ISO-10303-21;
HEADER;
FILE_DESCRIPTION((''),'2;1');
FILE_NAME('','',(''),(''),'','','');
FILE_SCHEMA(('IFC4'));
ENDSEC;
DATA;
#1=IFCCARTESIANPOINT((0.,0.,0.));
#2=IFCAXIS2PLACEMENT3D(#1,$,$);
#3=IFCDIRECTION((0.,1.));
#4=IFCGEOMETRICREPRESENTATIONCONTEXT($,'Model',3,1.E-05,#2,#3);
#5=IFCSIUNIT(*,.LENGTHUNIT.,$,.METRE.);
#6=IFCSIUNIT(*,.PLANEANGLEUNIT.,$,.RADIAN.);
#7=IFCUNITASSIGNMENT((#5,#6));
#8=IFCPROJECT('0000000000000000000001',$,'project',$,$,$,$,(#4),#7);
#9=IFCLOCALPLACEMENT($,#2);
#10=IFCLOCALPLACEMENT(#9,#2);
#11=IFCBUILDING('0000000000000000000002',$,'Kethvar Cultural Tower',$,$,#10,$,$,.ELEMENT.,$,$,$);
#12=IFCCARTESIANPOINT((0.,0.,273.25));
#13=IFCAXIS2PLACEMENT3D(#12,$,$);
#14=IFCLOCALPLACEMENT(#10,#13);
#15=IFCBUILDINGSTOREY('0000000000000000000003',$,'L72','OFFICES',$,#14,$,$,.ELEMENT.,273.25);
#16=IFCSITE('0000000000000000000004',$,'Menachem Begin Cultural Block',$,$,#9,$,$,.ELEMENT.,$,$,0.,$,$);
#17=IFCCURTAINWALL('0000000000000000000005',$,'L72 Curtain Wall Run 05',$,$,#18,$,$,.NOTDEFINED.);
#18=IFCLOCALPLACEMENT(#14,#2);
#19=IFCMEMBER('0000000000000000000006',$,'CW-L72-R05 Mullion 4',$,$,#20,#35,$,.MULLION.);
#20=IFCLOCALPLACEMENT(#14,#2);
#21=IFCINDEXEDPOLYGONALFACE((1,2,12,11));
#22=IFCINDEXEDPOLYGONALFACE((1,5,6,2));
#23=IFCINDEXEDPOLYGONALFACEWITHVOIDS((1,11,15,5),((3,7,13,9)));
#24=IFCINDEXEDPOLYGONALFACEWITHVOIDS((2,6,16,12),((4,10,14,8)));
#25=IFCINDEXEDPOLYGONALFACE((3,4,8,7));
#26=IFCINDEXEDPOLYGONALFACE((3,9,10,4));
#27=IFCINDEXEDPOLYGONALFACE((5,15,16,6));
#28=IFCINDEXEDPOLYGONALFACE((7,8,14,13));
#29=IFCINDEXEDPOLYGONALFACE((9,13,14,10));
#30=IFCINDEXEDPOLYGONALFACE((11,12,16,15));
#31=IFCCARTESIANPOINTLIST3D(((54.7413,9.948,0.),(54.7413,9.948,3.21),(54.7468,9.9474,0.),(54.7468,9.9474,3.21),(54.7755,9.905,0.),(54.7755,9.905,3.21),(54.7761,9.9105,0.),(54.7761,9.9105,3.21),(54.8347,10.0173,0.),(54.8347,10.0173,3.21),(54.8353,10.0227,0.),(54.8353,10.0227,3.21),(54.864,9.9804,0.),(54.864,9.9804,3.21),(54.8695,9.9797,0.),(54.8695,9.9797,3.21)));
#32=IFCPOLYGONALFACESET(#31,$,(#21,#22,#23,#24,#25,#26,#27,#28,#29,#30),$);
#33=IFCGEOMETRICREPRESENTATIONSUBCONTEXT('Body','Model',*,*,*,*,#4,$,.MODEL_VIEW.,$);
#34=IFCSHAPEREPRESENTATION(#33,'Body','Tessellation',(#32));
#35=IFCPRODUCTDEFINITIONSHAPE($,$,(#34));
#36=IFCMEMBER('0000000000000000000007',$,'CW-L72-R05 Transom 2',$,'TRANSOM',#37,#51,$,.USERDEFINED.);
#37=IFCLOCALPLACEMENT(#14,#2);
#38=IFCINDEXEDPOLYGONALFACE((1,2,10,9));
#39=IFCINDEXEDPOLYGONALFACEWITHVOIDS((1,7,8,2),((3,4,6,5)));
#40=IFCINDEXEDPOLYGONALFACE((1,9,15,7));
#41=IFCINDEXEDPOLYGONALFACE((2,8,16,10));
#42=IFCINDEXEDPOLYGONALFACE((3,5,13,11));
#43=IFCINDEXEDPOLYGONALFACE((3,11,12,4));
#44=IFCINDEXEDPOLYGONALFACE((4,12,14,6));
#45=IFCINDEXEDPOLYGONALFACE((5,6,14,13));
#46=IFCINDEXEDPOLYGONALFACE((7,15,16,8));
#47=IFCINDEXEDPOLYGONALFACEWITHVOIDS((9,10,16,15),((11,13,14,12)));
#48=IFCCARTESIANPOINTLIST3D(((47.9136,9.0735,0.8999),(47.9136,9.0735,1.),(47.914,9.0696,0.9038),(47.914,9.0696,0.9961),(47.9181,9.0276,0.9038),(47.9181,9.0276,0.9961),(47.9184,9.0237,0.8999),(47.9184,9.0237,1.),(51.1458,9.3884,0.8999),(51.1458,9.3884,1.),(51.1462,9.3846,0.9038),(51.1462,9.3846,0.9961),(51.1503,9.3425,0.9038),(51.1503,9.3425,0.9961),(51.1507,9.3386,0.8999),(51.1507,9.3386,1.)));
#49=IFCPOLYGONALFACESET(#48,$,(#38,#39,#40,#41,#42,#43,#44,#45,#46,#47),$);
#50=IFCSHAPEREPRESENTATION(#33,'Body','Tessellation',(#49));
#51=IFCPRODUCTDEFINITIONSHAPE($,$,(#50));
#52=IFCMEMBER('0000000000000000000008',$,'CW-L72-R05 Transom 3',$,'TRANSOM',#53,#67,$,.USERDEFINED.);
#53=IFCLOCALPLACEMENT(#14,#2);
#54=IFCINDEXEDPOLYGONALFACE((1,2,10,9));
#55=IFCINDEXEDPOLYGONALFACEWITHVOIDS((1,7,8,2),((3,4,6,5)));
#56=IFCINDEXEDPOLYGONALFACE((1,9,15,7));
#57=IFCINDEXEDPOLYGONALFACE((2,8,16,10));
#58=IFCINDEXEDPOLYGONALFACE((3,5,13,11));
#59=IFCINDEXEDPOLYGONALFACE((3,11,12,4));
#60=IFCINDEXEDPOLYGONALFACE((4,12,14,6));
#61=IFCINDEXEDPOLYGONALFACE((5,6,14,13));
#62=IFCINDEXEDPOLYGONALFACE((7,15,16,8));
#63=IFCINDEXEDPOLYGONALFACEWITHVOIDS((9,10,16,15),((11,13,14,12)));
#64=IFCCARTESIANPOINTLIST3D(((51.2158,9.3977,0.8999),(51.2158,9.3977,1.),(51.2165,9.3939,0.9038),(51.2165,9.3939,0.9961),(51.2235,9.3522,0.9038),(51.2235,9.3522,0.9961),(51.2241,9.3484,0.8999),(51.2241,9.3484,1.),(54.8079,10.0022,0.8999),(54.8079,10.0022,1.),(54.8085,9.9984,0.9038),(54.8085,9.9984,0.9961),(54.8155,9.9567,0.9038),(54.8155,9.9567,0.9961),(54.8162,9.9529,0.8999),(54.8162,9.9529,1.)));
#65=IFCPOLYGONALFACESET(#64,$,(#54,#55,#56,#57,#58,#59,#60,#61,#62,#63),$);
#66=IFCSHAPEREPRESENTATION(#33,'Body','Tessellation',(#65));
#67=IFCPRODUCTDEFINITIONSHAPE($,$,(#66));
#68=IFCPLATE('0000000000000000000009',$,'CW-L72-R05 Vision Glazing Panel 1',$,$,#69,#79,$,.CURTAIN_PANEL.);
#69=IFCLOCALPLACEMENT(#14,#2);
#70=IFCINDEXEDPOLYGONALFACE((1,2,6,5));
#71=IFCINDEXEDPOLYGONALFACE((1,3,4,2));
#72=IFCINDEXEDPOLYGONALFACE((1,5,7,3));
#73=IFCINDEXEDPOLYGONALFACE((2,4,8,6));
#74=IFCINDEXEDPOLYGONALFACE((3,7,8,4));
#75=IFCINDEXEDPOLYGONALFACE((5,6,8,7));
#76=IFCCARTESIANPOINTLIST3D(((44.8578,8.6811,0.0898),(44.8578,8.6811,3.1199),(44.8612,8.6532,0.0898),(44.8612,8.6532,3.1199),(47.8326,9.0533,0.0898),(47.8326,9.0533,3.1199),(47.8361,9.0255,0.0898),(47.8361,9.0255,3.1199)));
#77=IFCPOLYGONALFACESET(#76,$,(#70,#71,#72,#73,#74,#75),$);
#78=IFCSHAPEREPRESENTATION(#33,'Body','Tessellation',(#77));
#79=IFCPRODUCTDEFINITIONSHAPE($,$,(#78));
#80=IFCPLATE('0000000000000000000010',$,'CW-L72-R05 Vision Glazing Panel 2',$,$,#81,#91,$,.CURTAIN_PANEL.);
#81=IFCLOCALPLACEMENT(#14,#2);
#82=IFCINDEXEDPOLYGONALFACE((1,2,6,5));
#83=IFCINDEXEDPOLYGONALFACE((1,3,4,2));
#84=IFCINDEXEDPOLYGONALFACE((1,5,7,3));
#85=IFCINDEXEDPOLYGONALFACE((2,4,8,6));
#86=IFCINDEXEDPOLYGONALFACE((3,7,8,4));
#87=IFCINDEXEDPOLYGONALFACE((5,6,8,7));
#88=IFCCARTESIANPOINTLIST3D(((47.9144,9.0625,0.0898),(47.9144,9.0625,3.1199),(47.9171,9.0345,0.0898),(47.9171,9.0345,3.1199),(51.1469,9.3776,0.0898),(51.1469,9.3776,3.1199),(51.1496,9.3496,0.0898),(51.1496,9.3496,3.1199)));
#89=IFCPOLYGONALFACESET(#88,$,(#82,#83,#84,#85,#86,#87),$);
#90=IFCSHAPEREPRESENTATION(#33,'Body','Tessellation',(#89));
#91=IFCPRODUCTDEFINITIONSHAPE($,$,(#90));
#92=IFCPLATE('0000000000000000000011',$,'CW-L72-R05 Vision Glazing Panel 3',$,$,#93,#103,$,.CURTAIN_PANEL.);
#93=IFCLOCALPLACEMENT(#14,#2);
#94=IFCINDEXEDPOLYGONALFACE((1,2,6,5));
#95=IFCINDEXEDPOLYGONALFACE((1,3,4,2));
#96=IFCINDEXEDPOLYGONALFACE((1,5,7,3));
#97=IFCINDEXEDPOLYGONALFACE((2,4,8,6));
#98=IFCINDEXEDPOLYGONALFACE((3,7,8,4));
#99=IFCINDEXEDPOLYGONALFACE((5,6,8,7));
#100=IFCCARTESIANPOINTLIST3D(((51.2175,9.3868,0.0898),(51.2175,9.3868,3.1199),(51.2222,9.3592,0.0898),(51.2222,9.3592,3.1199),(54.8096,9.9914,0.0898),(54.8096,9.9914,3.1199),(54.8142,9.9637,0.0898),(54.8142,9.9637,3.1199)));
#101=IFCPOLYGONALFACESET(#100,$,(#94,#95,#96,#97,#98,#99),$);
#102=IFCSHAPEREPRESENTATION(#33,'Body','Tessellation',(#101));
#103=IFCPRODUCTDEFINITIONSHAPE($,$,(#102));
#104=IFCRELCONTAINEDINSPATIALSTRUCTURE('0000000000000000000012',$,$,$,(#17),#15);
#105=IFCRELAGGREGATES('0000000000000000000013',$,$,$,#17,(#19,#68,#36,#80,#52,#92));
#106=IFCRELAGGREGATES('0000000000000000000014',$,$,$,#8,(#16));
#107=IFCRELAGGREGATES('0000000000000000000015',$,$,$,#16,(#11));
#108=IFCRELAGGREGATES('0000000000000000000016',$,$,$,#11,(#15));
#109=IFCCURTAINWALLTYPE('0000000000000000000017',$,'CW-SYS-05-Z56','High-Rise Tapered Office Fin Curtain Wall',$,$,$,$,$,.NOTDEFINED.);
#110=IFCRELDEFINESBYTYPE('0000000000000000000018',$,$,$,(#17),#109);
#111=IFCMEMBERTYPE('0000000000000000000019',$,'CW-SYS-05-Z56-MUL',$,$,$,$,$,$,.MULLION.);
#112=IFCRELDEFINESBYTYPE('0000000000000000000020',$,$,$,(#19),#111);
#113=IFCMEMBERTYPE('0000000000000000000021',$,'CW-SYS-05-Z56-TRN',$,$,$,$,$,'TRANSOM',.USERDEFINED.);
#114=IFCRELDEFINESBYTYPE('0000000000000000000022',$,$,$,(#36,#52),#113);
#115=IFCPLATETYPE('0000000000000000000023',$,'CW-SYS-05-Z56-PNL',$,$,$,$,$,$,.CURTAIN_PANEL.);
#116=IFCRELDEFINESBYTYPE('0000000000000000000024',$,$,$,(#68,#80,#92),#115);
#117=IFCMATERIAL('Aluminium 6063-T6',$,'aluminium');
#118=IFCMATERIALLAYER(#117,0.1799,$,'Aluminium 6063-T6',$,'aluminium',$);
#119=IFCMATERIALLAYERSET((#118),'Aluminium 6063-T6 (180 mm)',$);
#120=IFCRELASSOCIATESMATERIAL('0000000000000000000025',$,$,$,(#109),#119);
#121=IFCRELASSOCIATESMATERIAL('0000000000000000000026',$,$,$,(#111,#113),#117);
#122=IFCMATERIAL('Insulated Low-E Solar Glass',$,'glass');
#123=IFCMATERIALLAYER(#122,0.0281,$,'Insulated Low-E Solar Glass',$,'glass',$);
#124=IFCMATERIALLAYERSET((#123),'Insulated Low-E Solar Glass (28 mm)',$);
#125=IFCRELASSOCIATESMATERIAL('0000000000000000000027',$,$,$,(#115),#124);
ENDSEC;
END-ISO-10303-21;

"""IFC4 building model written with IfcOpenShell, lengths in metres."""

from ifc_helpers import new_model, si_unit, direction, frame, origin, origin_2d, place, context, subcontext, project, spatial, rectangle, hollow_rectangle, extrude, source, transform, mapped, material, layer, layer_set, material_profile, profile_set, type_object, element, aggregate, save


model = new_model("IFC4")

# Units and contexts
model_context = context("Model", 3, precision=1e-05, world=origin(), true_north=direction((0.0, 1.0)))
body_context = subcontext(model_context, "Body", "Model", "MODEL_VIEW")
ifc_project = project(units=[si_unit("LENGTHUNIT", "METRE"), si_unit("PLANEANGLEUNIT", "RADIAN")], contexts=[model_context])

# Site, building, storey
site_placement = place(None, origin())
site = spatial("IfcSite", under=ifc_project, at=site_placement, Name="Menachem Begin Cultural Block", CompositionType="ELEMENT", RefElevation=0.0)
building_placement = place(site_placement, origin())
building = spatial("IfcBuilding", under=site, at=building_placement, Name="Kethvar Cultural Tower", CompositionType="ELEMENT")
storey_placement = place(building_placement, frame((0.0, 0.0, 273.25)))
storey = spatial("IfcBuildingStorey", under=building, at=storey_placement, Name="L72", Description="OFFICES", CompositionType="ELEMENT", Elevation=273.25)

# Curtain wall, members, plates
ifc_material_1 = material(Name="Aluminium 6063-T6", Category="aluminium")
ifc_layer_1 = layer(ifc_material_1, 0.1799, Name="Aluminium 6063-T6", Category="aluminium")
ifc_layer_set_1 = layer_set([ifc_layer_1], Name="Aluminium 6063-T6 (180 mm)")
curtain_wall_type = type_object("IfcCurtainWallType", Name="CW-SYS-05-Z56", Description="High-Rise Tapered Office Fin Curtain Wall", PredefinedType="NOTDEFINED", material=ifc_layer_set_1)
curtain_wall_placement = place(storey_placement, origin())
curtain_wall = element("IfcCurtainWall", 1, at=curtain_wall_placement, inside=storey, type_object=curtain_wall_type, Name="L72 Curtain Wall Run 05", PredefinedType="NOTDEFINED")
ifc_material_profile_1 = material_profile(ifc_material_1, hollow_rectangle(XDim=0.0549, YDim=0.1201, WallThickness=0.0039, at=origin_2d()), Name="Aluminium 6063-T6 — RHS120x55x4")
ifc_profile_set_1 = profile_set([ifc_material_profile_1], Name="Aluminium 6063-T6 — RHS120x55x4")
member_type_1 = type_object("IfcMemberType", Name="CW-SYS-05-Z56-MUL", PredefinedType="MULLION", material=ifc_profile_set_1)
shared_shape_1 = source(origin(), body_context, "Body", "SweptSolid", [
    extrude(hollow_rectangle(XDim=0.0549, YDim=0.1201, WallThickness=0.0039, at=origin_2d()), origin(), (0.0, 0.0, 1.0), 3.21),
])
member_1_placement = place(storey_placement, frame((54.8054, 9.9639, 0.0), z_axis=(0.0, 0.0, 1.0), x_axis=(-0.622241, 0.782825, 0.0)))
member_1 = element("IfcMember", 2, at=member_1_placement, type_object=member_type_1, Name="CW-L72-R05 Mullion 4", PredefinedType="MULLION", context=body_context, shape_type="MappedRepresentation", body=[
    mapped(shared_shape_1, transform((0.0, 0.0, 0.0), scale=1.0)),
])
ifc_material_profile_2 = material_profile(ifc_material_1, hollow_rectangle(XDim=0.05, YDim=0.1001, WallThickness=0.0039, at=origin_2d()), Name="Aluminium 6063-T6 — RHS100x50x4")
ifc_profile_set_2 = profile_set([ifc_material_profile_2], Name="Aluminium 6063-T6 — RHS100x50x4")
member_type_2 = type_object("IfcMemberType", Name="CW-SYS-05-Z56-TRN", ElementType="TRANSOM", PredefinedType="USERDEFINED", material=ifc_profile_set_2)
shared_shape_2 = source(origin(), body_context, "Body", "SweptSolid", [
    extrude(hollow_rectangle(XDim=0.05, YDim=0.1001, WallThickness=0.0039, at=origin_2d()), origin(), (0.0, 0.0, 1.0), 3.2476),
])
member_2_placement = place(storey_placement, frame((47.916, 9.0486, 0.95), z_axis=(0.995286, 0.09698, 0.0), x_axis=(-0.09698, 0.995286, 0.0)))
member_2 = element("IfcMember", 3, at=member_2_placement, type_object=member_type_2, Name="CW-L72-R05 Transom 2", ObjectType="TRANSOM", PredefinedType="USERDEFINED", context=body_context, shape_type="MappedRepresentation", body=[
    mapped(shared_shape_2, transform((0.0, 0.0, 0.0), scale=1.0)),
])
shared_shape_3 = source(origin(), body_context, "Body", "SweptSolid", [
    extrude(hollow_rectangle(XDim=0.05, YDim=0.1001, WallThickness=0.0039, at=origin_2d()), origin(), (0.0, 0.0, 1.0), 3.6426),
])
member_3_placement = place(storey_placement, frame((51.22, 9.373, 0.95), z_axis=(0.986134, 0.165953, 0.0), x_axis=(-0.165953, 0.986134, 0.0)))
member_3 = element("IfcMember", 4, at=member_3_placement, type_object=member_type_2, Name="CW-L72-R05 Transom 3", ObjectType="TRANSOM", PredefinedType="USERDEFINED", context=body_context, shape_type="MappedRepresentation", body=[
    mapped(shared_shape_3, transform((0.0, 0.0, 0.0), scale=1.0)),
])
ifc_material_2 = material(Name="Insulated Low-E Solar Glass", Category="glass")
ifc_layer_2 = layer(ifc_material_2, 0.0281, Name="Insulated Low-E Solar Glass", Category="glass")
ifc_layer_set_2 = layer_set([ifc_layer_2], Name="Insulated Low-E Solar Glass (28 mm)")
plate_type = type_object("IfcPlateType", Name="CW-SYS-05-Z56-PNL", PredefinedType="CURTAIN_PANEL", material=ifc_layer_set_2)
shared_shape_4 = source(origin(), body_context, "Body", "SweptSolid", [
    extrude(rectangle(XDim=2.998, YDim=0.0281, at=origin_2d()), origin(), (0.0, 0.0, 1.0), 3.03),
])
plate_1_placement = place(storey_placement, frame((46.3469, 8.8533, 0.0898), z_axis=(0.0, 0.0, 1.0), x_axis=(0.992261, 0.124173, 0.0)))
plate_1 = element("IfcPlate", 5, at=plate_1_placement, type_object=plate_type, Name="CW-L72-R05 Vision Glazing Panel 1", PredefinedType="CURTAIN_PANEL", context=body_context, shape_type="MappedRepresentation", body=[
    mapped(shared_shape_4, transform((0.0, 0.0, 0.0), scale=1.0)),
])
shared_shape_5 = source(origin(), body_context, "Body", "SweptSolid", [
    extrude(rectangle(XDim=3.2478, YDim=0.0281, at=origin_2d()), origin(), (0.0, 0.0, 1.0), 3.03),
])
plate_2_placement = place(storey_placement, frame((49.532, 9.2061, 0.0898), z_axis=(0.0, 0.0, 1.0), x_axis=(0.995282, 0.097027, 0.0)))
plate_2 = element("IfcPlate", 6, at=plate_2_placement, type_object=plate_type, Name="CW-L72-R05 Vision Glazing Panel 2", PredefinedType="CURTAIN_PANEL", context=body_context, shape_type="MappedRepresentation", body=[
    mapped(shared_shape_5, transform((0.0, 0.0, 0.0), scale=1.0)),
])
shared_shape_6 = source(origin(), body_context, "Body", "SweptSolid", [
    extrude(rectangle(XDim=3.6426, YDim=0.0281, at=origin_2d()), origin(), (0.0, 0.0, 1.0), 3.03),
])
plate_3_placement = place(storey_placement, frame((53.0159, 9.6753, 0.0898), z_axis=(0.0, 0.0, 1.0), x_axis=(0.98613, 0.165977, 0.0)))
plate_3 = element("IfcPlate", 7, at=plate_3_placement, type_object=plate_type, Name="CW-L72-R05 Vision Glazing Panel 3", PredefinedType="CURTAIN_PANEL", context=body_context, shape_type="MappedRepresentation", body=[
    mapped(shared_shape_6, transform((0.0, 0.0, 0.0), scale=1.0)),
])
aggregate(curtain_wall, [member_1, plate_1, member_2, plate_2, member_3, plate_3])

save(model, "model.ifc")
